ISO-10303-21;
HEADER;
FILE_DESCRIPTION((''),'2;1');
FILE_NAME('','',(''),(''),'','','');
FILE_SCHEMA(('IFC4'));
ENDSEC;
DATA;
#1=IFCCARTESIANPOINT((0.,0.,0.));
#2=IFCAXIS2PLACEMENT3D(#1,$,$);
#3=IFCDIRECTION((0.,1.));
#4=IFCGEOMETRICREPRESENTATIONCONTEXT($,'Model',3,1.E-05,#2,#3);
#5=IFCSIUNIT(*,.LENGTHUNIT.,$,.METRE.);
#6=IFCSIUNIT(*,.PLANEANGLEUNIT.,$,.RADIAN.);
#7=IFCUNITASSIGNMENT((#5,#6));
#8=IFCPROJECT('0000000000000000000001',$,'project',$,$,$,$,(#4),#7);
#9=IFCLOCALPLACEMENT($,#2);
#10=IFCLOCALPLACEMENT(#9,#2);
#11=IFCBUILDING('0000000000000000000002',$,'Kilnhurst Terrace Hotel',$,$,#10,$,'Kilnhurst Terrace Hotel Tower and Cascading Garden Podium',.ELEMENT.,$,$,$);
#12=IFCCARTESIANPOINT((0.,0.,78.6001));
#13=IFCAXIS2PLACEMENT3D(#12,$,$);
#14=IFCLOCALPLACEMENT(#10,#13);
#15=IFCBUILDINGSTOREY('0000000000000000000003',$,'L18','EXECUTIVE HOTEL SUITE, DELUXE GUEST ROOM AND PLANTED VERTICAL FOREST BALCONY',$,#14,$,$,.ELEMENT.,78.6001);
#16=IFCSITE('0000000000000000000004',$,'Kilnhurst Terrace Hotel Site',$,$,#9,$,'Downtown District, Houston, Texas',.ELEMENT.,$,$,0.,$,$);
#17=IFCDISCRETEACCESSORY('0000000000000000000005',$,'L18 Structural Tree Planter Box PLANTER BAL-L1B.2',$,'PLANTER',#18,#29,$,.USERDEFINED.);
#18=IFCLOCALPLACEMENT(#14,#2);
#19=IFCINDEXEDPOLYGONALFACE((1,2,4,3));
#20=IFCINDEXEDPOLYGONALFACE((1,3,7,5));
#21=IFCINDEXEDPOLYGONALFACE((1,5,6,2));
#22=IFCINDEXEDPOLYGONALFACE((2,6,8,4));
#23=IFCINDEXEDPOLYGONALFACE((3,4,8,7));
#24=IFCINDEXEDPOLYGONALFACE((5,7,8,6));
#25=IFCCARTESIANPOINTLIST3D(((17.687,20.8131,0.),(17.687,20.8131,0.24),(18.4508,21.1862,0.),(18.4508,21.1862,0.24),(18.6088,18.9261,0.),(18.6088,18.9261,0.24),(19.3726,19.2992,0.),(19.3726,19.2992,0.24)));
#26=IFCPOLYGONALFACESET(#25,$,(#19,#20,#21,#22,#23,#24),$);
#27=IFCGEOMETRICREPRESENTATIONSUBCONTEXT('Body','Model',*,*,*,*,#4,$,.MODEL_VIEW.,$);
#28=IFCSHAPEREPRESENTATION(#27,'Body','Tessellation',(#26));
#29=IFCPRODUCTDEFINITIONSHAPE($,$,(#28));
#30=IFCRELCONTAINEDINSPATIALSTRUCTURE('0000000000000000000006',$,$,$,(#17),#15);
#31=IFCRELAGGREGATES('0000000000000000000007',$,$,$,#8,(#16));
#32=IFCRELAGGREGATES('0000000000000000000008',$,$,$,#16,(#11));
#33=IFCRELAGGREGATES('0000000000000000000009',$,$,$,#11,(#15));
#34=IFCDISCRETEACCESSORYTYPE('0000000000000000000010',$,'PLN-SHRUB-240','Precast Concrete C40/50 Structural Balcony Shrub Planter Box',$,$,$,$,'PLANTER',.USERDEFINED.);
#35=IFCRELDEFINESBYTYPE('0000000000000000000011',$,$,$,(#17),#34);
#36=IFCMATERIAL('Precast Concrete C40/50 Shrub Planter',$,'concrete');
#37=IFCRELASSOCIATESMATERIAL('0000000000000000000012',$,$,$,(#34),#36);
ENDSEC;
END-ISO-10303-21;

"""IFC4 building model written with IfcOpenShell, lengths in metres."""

from ifc_helpers import new_model, si_unit, direction, frame, origin, origin_2d, place, context, subcontext, project, spatial, rectangle, extrude, material, type_object, element, save


model = new_model("IFC4")

# Units and contexts
model_context = context("Model", 3, precision=1e-05, world=origin(), true_north=direction((0.0, 1.0)))
body_context = subcontext(model_context, "Body", "Model", "MODEL_VIEW")
ifc_project = project(units=[si_unit("LENGTHUNIT", "METRE"), si_unit("PLANEANGLEUNIT", "RADIAN")], contexts=[model_context])

# Site, building, storey
site_placement = place(None, origin())
site = spatial("IfcSite", under=ifc_project, at=site_placement, Name="Kilnhurst Terrace Hotel Site", LongName="Downtown District, Houston, Texas", CompositionType="ELEMENT", RefElevation=0.0)
building_placement = place(site_placement, origin())
building = spatial("IfcBuilding", under=site, at=building_placement, Name="Kilnhurst Terrace Hotel", LongName="Kilnhurst Terrace Hotel Tower and Cascading Garden Podium", CompositionType="ELEMENT")
storey_placement = place(building_placement, frame((0.0, 0.0, 78.6001)))
storey = spatial("IfcBuildingStorey", under=building, at=storey_placement, Name="L18", Description="EXECUTIVE HOTEL SUITE, DELUXE GUEST ROOM AND PLANTED VERTICAL FOREST BALCONY", CompositionType="ELEMENT", Elevation=78.6001)

# Discrete accessory
ifc_material_1 = material(Name="Precast Concrete C40/50 Shrub Planter", Category="concrete")
discrete_accessory_type = type_object("IfcDiscreteAccessoryType", Name="PLN-SHRUB-240", Description="Precast Concrete C40/50 Structural Balcony Shrub Planter Box", ElementType="PLANTER", PredefinedType="USERDEFINED", material=ifc_material_1)
discrete_accessory_placement = place(storey_placement, frame((18.5298, 20.0562, 0.0), z_axis=(0.0, 0.0, 1.0), x_axis=(-0.438936, 0.898518, 0.0)))
element("IfcDiscreteAccessory", 1, at=discrete_accessory_placement, inside=storey, type_object=discrete_accessory_type, Name="L18 Structural Tree Planter Box PLANTER BAL-L1B.2", ObjectType="PLANTER", PredefinedType="USERDEFINED", context=body_context, shape_type="SweptSolid", body=[
    extrude(rectangle(XDim=2.1001, YDim=0.8501, at=origin_2d()), origin(), (0.0, 0.0, 1.0), 0.24),
])

save(model, "model.ifc")
